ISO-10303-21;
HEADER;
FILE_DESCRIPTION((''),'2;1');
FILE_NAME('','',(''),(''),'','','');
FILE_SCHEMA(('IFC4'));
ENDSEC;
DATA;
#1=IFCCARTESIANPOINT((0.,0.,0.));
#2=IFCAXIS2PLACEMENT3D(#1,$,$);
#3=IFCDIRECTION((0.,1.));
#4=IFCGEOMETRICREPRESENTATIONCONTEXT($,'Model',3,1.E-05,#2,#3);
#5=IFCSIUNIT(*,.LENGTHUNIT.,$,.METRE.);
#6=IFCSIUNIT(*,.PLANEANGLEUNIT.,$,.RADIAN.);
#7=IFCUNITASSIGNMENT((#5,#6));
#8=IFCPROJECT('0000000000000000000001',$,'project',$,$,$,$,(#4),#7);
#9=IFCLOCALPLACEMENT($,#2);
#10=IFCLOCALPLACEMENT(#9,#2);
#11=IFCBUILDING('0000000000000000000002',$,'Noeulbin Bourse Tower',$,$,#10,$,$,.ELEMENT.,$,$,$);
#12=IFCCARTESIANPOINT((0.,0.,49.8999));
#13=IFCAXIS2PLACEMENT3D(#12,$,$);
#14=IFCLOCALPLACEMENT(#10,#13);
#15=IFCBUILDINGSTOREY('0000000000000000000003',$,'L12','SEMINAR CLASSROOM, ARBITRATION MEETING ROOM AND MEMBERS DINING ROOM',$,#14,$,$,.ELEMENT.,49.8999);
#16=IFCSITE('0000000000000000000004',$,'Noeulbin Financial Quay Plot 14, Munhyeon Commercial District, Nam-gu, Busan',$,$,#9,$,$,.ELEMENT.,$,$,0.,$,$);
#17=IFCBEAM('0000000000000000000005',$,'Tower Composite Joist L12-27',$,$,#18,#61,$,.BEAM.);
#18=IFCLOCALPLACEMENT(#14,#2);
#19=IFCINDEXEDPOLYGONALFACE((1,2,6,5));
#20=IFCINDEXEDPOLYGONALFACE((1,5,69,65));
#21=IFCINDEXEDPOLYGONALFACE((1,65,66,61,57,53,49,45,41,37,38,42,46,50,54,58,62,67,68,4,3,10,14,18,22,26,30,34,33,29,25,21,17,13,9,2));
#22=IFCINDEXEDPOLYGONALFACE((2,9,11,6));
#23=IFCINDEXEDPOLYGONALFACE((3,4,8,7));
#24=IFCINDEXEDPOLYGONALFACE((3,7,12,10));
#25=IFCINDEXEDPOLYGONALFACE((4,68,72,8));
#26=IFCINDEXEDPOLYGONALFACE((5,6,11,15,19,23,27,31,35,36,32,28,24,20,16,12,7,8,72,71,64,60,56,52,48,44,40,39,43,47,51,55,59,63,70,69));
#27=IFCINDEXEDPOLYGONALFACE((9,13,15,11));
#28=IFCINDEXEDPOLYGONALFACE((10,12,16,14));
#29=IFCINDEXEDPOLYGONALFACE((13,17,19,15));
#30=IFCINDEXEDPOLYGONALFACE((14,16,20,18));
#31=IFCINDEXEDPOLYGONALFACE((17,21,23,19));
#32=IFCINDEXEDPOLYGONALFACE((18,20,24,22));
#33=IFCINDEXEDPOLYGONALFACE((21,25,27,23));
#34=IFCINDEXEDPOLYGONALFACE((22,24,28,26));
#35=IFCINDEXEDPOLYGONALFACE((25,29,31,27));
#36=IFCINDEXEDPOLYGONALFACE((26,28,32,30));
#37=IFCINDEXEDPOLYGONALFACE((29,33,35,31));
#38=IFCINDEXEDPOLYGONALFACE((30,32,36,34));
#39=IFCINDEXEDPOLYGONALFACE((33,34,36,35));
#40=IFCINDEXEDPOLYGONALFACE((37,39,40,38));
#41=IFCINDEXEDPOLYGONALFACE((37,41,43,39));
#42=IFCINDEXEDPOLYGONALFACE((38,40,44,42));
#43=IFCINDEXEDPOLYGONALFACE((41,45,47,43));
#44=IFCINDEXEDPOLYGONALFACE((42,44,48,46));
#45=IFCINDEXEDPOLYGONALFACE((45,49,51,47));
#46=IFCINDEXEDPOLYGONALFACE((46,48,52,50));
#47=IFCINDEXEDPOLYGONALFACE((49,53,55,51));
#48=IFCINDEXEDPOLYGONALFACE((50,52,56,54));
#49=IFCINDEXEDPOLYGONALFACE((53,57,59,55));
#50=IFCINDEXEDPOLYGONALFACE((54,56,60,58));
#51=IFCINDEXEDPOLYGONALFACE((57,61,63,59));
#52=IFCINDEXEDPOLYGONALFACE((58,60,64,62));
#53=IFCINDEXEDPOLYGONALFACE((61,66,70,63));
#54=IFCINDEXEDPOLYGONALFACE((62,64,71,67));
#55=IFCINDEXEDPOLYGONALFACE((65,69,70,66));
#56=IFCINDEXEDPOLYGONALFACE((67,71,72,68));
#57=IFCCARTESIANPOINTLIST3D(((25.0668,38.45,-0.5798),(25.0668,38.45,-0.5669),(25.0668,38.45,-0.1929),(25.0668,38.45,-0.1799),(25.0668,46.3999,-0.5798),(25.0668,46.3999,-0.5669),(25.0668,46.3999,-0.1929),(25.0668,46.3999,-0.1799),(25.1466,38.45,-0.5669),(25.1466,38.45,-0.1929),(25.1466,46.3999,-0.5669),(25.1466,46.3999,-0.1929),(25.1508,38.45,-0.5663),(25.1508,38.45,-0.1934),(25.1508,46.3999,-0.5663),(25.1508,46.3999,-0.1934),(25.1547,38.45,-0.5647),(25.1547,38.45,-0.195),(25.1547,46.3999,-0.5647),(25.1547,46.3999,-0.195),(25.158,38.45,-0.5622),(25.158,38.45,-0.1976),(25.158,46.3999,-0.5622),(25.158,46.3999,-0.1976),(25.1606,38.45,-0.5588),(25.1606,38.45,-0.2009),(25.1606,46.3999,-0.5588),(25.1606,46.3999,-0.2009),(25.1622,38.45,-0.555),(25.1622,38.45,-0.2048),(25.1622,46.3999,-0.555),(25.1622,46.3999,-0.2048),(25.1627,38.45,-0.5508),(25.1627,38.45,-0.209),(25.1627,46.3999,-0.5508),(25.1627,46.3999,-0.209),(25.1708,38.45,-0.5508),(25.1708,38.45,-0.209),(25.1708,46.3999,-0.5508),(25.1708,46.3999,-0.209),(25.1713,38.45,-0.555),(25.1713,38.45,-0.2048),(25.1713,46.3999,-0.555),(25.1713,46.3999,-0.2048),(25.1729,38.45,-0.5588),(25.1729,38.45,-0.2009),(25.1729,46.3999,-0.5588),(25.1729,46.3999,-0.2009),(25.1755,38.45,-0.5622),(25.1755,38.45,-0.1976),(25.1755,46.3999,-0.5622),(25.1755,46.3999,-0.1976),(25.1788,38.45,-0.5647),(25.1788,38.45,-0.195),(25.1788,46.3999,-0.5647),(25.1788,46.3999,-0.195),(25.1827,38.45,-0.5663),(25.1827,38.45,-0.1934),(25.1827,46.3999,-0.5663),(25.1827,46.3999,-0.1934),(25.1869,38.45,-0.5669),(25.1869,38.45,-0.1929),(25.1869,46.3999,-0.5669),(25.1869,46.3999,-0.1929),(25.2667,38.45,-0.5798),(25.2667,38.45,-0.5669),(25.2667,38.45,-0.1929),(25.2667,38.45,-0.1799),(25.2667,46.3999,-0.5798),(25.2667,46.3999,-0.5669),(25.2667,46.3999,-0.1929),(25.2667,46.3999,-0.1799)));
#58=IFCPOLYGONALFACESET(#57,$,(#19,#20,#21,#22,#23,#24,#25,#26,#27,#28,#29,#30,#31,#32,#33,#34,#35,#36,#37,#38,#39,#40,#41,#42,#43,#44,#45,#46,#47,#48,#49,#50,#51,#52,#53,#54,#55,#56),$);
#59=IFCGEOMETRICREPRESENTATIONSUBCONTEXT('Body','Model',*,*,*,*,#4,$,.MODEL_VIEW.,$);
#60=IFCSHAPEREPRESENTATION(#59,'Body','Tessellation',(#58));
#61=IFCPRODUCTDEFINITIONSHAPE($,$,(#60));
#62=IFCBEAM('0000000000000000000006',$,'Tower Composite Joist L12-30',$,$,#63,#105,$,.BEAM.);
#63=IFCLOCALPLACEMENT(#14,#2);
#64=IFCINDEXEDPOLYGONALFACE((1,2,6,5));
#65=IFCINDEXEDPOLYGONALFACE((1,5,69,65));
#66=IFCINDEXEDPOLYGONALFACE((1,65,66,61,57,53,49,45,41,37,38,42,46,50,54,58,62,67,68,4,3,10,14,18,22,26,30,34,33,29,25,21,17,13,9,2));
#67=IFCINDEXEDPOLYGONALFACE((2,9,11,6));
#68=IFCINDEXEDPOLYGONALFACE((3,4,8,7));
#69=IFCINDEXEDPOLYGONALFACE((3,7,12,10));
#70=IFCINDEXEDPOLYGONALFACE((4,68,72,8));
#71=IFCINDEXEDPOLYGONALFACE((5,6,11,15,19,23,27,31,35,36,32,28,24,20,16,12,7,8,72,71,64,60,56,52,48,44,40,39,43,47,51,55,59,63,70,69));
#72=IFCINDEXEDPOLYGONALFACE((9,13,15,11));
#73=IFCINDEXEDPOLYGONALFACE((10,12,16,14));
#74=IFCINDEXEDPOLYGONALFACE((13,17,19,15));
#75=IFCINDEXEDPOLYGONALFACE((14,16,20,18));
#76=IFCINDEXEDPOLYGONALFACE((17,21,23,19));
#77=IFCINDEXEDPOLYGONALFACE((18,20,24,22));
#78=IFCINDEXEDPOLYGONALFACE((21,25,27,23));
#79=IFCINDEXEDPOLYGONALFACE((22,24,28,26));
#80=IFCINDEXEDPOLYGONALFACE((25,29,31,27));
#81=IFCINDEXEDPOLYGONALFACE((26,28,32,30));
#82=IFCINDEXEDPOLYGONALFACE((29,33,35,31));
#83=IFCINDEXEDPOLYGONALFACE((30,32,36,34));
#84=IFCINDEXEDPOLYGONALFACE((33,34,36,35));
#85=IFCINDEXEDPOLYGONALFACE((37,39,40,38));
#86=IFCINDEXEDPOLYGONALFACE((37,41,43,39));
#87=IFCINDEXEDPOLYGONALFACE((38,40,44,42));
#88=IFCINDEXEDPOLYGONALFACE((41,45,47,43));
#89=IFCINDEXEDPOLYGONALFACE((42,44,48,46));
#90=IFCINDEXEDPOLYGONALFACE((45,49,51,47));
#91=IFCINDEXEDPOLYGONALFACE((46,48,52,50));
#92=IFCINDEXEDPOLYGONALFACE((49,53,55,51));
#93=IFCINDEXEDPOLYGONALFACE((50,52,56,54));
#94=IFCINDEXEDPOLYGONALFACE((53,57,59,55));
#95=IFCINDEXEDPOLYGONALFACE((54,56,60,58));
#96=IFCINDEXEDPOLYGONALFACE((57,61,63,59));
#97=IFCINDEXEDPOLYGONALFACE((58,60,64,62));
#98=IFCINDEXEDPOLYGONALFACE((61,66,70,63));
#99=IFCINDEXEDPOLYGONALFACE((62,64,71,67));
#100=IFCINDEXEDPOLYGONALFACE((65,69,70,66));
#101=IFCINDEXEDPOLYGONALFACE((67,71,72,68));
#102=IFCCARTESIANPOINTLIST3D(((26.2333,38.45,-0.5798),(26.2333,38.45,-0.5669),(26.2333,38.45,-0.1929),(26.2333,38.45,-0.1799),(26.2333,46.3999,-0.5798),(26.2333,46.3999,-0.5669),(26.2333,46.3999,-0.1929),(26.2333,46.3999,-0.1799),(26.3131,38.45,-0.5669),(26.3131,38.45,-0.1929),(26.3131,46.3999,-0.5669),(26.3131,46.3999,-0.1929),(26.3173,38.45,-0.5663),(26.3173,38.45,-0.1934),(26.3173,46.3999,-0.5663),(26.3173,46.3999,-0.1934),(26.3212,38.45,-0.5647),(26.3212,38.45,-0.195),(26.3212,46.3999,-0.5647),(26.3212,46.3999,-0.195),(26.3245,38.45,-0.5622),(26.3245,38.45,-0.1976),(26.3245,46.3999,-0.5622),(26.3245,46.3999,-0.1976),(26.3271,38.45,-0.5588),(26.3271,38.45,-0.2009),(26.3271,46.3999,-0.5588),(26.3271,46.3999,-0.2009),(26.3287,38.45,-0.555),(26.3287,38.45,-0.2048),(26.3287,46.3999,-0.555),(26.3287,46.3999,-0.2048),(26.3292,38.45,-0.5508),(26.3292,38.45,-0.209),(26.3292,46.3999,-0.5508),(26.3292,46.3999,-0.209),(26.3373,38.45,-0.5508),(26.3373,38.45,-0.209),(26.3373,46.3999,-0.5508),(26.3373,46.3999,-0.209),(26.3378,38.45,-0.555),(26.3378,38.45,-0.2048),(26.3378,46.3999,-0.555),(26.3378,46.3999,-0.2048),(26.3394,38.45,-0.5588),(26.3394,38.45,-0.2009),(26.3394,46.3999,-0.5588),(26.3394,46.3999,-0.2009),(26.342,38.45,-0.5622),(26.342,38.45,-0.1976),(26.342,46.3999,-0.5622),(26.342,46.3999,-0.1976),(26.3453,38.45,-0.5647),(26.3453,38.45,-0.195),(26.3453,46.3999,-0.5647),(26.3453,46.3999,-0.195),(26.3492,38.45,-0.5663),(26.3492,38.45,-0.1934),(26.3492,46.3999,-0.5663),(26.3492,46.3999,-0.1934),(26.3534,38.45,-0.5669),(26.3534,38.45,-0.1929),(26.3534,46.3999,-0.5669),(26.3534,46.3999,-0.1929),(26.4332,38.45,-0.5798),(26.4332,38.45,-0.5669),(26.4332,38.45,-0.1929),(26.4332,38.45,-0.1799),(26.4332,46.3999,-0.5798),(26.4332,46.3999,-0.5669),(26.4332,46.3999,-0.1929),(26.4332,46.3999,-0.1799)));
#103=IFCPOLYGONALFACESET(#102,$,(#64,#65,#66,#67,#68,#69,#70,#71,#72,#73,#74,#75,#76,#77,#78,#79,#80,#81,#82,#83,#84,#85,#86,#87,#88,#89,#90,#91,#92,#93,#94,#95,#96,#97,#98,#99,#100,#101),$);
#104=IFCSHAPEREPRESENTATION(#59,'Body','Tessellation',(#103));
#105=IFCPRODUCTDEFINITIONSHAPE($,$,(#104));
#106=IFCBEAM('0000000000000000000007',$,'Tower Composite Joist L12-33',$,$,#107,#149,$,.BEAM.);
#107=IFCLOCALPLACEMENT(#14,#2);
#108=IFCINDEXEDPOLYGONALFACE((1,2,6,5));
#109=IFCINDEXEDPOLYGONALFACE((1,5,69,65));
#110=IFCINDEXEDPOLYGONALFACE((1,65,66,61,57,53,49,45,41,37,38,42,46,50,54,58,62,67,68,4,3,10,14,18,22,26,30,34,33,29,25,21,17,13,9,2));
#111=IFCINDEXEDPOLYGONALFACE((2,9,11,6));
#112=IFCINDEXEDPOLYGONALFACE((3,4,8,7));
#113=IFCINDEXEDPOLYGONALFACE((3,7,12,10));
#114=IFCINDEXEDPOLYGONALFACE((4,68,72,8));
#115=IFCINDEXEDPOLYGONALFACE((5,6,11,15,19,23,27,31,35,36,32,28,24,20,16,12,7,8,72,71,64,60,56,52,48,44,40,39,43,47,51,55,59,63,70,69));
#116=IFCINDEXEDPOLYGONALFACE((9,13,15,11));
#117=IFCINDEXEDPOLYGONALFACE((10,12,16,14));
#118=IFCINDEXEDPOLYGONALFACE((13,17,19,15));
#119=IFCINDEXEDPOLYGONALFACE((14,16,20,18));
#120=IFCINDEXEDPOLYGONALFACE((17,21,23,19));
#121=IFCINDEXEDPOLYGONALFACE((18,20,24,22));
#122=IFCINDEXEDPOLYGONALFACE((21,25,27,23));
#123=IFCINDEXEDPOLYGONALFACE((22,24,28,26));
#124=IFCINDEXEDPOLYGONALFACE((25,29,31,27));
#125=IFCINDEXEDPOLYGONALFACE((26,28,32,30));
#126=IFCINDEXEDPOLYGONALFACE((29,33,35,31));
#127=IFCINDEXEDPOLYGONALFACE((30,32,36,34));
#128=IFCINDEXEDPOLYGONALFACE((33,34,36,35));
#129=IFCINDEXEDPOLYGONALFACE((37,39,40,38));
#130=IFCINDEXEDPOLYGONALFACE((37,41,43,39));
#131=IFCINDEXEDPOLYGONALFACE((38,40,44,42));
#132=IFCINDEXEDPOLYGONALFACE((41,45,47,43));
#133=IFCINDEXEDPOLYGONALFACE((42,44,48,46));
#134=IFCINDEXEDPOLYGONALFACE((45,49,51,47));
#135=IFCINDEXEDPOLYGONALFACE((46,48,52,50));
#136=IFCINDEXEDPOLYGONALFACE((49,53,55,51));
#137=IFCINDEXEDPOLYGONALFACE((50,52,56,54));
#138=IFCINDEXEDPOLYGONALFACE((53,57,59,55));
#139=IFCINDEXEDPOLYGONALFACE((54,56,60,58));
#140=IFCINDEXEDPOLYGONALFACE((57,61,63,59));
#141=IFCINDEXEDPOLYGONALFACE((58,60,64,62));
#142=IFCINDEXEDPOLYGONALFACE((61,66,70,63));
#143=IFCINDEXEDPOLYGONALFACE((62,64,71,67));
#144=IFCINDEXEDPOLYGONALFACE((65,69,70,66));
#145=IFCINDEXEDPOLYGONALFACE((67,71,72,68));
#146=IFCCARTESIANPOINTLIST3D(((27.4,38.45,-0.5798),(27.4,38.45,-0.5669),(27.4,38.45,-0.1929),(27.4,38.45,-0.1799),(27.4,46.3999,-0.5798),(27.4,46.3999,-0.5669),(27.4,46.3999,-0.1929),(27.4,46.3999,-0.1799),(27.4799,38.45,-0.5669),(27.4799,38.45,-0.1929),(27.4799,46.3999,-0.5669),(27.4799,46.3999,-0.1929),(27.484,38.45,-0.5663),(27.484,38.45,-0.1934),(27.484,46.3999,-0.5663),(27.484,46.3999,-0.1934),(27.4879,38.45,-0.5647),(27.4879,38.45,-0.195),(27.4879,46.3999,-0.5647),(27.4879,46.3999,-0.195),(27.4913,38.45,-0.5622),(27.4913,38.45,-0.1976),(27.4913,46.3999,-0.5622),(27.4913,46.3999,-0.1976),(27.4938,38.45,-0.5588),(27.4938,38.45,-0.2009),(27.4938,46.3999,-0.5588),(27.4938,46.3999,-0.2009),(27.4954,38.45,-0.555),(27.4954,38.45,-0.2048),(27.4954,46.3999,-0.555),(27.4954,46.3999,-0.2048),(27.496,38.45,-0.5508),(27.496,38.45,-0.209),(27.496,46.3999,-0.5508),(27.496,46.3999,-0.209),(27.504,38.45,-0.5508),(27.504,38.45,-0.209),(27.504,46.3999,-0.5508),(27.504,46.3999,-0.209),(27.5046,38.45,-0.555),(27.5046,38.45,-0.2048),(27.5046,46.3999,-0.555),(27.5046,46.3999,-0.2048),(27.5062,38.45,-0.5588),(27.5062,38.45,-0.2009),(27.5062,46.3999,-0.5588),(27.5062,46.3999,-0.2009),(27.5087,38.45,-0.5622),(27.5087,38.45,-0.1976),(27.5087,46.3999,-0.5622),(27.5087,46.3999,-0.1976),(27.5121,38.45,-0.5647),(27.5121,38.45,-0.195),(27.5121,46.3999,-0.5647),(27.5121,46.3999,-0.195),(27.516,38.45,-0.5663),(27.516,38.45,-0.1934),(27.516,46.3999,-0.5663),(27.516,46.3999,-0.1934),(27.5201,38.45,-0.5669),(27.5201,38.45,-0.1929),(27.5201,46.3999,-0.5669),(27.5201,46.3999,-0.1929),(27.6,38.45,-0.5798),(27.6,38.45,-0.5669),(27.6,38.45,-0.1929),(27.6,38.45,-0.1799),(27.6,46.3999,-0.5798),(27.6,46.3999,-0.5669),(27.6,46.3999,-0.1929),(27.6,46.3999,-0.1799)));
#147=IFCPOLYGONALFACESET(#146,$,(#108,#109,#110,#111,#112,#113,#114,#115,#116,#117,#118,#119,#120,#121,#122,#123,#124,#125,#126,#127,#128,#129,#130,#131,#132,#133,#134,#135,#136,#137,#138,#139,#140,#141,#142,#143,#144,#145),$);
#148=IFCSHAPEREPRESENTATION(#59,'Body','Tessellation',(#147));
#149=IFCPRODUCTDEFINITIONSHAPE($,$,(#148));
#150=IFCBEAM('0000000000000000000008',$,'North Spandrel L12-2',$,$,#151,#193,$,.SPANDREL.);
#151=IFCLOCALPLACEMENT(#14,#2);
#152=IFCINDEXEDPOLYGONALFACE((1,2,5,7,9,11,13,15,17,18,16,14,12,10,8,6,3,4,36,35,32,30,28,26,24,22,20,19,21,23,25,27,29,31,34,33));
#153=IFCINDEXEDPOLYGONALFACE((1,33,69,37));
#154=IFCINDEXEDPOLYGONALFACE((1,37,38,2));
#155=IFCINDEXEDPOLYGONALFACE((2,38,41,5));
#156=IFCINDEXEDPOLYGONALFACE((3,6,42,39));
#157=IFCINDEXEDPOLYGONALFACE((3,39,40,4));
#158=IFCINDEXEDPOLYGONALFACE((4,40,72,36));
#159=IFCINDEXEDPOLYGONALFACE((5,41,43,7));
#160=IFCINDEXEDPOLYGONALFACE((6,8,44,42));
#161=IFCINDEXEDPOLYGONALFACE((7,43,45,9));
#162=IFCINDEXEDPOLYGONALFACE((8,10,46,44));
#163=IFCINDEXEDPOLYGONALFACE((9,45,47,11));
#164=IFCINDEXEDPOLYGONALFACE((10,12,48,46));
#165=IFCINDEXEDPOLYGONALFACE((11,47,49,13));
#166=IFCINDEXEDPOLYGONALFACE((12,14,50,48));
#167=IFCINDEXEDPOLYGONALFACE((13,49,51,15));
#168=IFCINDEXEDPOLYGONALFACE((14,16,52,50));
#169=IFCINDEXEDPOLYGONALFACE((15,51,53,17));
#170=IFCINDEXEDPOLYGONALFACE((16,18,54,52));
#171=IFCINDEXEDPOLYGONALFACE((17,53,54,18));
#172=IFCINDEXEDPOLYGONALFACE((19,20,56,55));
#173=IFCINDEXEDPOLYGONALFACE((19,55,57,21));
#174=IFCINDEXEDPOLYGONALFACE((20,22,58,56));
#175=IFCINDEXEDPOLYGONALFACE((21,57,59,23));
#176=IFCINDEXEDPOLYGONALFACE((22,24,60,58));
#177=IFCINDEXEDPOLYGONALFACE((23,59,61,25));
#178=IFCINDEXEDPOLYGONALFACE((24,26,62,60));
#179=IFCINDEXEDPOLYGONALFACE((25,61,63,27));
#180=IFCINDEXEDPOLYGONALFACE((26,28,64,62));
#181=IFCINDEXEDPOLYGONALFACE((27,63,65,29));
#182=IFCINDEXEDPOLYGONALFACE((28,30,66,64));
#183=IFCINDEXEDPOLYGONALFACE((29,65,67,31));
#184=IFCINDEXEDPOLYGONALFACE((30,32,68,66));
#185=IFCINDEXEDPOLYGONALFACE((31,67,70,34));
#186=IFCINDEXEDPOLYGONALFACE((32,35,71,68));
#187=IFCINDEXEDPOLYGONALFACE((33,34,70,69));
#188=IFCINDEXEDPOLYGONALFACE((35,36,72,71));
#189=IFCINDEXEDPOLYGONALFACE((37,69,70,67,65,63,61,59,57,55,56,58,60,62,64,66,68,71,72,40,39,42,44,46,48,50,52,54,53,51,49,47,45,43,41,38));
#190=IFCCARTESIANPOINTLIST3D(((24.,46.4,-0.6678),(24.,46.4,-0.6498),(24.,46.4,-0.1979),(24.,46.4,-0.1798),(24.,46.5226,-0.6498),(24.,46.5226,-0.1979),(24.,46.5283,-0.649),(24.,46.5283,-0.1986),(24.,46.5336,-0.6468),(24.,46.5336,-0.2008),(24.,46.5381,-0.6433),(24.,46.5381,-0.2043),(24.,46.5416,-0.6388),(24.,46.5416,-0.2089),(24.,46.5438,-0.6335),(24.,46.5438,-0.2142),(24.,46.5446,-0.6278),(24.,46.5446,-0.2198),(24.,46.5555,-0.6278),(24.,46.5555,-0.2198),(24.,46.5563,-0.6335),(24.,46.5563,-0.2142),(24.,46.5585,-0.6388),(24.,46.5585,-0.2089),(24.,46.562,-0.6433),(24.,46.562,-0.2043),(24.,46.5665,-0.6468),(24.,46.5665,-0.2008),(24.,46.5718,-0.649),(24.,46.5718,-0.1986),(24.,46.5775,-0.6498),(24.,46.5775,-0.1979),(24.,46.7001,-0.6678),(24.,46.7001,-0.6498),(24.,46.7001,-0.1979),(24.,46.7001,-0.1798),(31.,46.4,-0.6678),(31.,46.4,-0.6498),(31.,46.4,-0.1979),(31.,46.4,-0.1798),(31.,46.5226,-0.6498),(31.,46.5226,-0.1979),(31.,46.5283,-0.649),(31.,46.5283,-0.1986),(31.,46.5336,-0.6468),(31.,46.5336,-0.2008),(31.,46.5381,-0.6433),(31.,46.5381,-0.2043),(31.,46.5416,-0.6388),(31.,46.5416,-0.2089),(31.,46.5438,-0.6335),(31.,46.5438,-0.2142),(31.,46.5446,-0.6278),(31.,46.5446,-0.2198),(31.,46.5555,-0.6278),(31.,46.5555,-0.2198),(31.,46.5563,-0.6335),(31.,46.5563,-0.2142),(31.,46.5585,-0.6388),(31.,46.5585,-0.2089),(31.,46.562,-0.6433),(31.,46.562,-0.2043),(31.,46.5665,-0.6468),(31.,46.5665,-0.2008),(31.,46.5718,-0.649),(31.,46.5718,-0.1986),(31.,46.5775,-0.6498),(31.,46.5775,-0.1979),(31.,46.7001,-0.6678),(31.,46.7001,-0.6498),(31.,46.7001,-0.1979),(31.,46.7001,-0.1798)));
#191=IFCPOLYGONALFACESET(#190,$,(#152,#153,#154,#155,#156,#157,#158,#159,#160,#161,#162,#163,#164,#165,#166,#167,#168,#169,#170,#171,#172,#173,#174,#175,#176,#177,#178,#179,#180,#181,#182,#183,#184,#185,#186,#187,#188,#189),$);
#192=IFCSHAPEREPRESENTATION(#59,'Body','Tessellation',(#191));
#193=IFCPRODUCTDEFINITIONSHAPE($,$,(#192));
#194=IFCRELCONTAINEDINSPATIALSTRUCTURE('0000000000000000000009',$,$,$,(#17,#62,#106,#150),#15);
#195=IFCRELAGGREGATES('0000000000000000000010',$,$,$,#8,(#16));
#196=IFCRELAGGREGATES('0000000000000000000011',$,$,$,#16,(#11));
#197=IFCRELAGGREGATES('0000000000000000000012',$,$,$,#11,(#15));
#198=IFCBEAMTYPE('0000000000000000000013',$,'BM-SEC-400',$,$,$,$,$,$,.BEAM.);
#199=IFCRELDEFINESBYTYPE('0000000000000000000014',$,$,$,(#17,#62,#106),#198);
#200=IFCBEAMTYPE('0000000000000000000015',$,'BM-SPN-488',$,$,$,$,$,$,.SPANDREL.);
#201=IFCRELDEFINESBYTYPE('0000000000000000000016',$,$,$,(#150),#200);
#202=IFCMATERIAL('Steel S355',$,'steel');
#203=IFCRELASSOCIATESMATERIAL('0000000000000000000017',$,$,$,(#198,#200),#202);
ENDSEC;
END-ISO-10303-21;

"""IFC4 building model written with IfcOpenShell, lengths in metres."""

from ifc_helpers import new_model, si_unit, direction, frame, origin, origin_2d, place, context, subcontext, project, spatial, i_section, extrude, material, material_profile, profile_set, type_object, element, save


model = new_model("IFC4")

# Units and contexts
model_context = context("Model", 3, precision=1e-05, world=origin(), true_north=direction((0.0, 1.0)))
body_context = subcontext(model_context, "Body", "Model", "MODEL_VIEW")
ifc_project = project(units=[si_unit("LENGTHUNIT", "METRE"), si_unit("PLANEANGLEUNIT", "RADIAN")], contexts=[model_context])

# Site, building, storey
site_placement = place(None, origin())
site = spatial("IfcSite", under=ifc_project, at=site_placement, Name="Noeulbin Financial Quay Plot 14, Munhyeon Commercial District, Nam-gu, Busan", CompositionType="ELEMENT", RefElevation=0.0)
building_placement = place(site_placement, origin())
building = spatial("IfcBuilding", under=site, at=building_placement, Name="Noeulbin Bourse Tower", CompositionType="ELEMENT")
storey_placement = place(building_placement, frame((0.0, 0.0, 49.8999)))
storey = spatial("IfcBuildingStorey", under=building, at=storey_placement, Name="L12", Description="SEMINAR CLASSROOM, ARBITRATION MEETING ROOM AND MEMBERS DINING ROOM", CompositionType="ELEMENT", Elevation=49.8999)

# Beams
ifc_material_1 = material(Name="Steel S355", Category="steel")
ifc_material_profile_1 = material_profile(ifc_material_1, i_section(OverallWidth=0.2, OverallDepth=0.3999, WebThickness=0.0081, FlangeThickness=0.0129, FilletRadius=0.0161, at=origin_2d()), Name="H-400x200x8x13", Category="LoadBearing")
ifc_profile_set_1 = profile_set([ifc_material_profile_1], Name="Steel S355")
beam_type_1 = type_object("IfcBeamType", Name="BM-SEC-400", PredefinedType="BEAM", material=ifc_profile_set_1)
for number, where, z_axis, x_axis, name in (
    (1, (25.1667, 38.45, -0.3799), (0.0, 1.0, 0.0), (-1.0, 0.0, 0.0), "Tower Composite Joist L12-27"),
    (2, (26.3333, 38.45, -0.3799), (0.0, 1.0, 0.0), (-1.0, 0.0, 0.0), "Tower Composite Joist L12-30"),
    (3, (27.5, 38.45, -0.3799), (0.0, 1.0, 0.0), (-1.0, 0.0, 0.0), "Tower Composite Joist L12-33"),
):
    element("IfcBeam", number, at=place(storey_placement, frame(where, z_axis=z_axis, x_axis=x_axis)), inside=storey, type_object=beam_type_1, Name=name, PredefinedType="BEAM", context=body_context, shape_type="SweptSolid", body=[
        extrude(i_section(OverallWidth=0.2, OverallDepth=0.3999, WebThickness=0.0081, FlangeThickness=0.0129, FilletRadius=0.0161, at=origin_2d()), origin(), (0.0, 0.0, 1.0), 7.95),
    ])
ifc_material_profile_2 = material_profile(ifc_material_1, i_section(OverallWidth=0.3, OverallDepth=0.488, WebThickness=0.011, FlangeThickness=0.0181, FilletRadius=0.022, at=origin_2d()), Name="H-488x300x11x18", Category="LoadBearing")
ifc_profile_set_2 = profile_set([ifc_material_profile_2], Name="Steel S355")
beam_type_2 = type_object("IfcBeamType", Name="BM-SPN-488", PredefinedType="SPANDREL", material=ifc_profile_set_2)
beam_1_placement = place(storey_placement, frame((24.0, 46.55, -0.4238), z_axis=(1.0, 0.0, 0.0), x_axis=(0.0, 1.0, 0.0)))
element("IfcBeam", 4, at=beam_1_placement, inside=storey, type_object=beam_type_2, Name="North Spandrel L12-2", PredefinedType="SPANDREL", context=body_context, shape_type="SweptSolid", body=[
    extrude(i_section(OverallWidth=0.3, OverallDepth=0.488, WebThickness=0.011, FlangeThickness=0.0181, FilletRadius=0.022, at=origin_2d()), origin(), (0.0, 0.0, 1.0), 7.0),
])

save(model, "model.ifc")
